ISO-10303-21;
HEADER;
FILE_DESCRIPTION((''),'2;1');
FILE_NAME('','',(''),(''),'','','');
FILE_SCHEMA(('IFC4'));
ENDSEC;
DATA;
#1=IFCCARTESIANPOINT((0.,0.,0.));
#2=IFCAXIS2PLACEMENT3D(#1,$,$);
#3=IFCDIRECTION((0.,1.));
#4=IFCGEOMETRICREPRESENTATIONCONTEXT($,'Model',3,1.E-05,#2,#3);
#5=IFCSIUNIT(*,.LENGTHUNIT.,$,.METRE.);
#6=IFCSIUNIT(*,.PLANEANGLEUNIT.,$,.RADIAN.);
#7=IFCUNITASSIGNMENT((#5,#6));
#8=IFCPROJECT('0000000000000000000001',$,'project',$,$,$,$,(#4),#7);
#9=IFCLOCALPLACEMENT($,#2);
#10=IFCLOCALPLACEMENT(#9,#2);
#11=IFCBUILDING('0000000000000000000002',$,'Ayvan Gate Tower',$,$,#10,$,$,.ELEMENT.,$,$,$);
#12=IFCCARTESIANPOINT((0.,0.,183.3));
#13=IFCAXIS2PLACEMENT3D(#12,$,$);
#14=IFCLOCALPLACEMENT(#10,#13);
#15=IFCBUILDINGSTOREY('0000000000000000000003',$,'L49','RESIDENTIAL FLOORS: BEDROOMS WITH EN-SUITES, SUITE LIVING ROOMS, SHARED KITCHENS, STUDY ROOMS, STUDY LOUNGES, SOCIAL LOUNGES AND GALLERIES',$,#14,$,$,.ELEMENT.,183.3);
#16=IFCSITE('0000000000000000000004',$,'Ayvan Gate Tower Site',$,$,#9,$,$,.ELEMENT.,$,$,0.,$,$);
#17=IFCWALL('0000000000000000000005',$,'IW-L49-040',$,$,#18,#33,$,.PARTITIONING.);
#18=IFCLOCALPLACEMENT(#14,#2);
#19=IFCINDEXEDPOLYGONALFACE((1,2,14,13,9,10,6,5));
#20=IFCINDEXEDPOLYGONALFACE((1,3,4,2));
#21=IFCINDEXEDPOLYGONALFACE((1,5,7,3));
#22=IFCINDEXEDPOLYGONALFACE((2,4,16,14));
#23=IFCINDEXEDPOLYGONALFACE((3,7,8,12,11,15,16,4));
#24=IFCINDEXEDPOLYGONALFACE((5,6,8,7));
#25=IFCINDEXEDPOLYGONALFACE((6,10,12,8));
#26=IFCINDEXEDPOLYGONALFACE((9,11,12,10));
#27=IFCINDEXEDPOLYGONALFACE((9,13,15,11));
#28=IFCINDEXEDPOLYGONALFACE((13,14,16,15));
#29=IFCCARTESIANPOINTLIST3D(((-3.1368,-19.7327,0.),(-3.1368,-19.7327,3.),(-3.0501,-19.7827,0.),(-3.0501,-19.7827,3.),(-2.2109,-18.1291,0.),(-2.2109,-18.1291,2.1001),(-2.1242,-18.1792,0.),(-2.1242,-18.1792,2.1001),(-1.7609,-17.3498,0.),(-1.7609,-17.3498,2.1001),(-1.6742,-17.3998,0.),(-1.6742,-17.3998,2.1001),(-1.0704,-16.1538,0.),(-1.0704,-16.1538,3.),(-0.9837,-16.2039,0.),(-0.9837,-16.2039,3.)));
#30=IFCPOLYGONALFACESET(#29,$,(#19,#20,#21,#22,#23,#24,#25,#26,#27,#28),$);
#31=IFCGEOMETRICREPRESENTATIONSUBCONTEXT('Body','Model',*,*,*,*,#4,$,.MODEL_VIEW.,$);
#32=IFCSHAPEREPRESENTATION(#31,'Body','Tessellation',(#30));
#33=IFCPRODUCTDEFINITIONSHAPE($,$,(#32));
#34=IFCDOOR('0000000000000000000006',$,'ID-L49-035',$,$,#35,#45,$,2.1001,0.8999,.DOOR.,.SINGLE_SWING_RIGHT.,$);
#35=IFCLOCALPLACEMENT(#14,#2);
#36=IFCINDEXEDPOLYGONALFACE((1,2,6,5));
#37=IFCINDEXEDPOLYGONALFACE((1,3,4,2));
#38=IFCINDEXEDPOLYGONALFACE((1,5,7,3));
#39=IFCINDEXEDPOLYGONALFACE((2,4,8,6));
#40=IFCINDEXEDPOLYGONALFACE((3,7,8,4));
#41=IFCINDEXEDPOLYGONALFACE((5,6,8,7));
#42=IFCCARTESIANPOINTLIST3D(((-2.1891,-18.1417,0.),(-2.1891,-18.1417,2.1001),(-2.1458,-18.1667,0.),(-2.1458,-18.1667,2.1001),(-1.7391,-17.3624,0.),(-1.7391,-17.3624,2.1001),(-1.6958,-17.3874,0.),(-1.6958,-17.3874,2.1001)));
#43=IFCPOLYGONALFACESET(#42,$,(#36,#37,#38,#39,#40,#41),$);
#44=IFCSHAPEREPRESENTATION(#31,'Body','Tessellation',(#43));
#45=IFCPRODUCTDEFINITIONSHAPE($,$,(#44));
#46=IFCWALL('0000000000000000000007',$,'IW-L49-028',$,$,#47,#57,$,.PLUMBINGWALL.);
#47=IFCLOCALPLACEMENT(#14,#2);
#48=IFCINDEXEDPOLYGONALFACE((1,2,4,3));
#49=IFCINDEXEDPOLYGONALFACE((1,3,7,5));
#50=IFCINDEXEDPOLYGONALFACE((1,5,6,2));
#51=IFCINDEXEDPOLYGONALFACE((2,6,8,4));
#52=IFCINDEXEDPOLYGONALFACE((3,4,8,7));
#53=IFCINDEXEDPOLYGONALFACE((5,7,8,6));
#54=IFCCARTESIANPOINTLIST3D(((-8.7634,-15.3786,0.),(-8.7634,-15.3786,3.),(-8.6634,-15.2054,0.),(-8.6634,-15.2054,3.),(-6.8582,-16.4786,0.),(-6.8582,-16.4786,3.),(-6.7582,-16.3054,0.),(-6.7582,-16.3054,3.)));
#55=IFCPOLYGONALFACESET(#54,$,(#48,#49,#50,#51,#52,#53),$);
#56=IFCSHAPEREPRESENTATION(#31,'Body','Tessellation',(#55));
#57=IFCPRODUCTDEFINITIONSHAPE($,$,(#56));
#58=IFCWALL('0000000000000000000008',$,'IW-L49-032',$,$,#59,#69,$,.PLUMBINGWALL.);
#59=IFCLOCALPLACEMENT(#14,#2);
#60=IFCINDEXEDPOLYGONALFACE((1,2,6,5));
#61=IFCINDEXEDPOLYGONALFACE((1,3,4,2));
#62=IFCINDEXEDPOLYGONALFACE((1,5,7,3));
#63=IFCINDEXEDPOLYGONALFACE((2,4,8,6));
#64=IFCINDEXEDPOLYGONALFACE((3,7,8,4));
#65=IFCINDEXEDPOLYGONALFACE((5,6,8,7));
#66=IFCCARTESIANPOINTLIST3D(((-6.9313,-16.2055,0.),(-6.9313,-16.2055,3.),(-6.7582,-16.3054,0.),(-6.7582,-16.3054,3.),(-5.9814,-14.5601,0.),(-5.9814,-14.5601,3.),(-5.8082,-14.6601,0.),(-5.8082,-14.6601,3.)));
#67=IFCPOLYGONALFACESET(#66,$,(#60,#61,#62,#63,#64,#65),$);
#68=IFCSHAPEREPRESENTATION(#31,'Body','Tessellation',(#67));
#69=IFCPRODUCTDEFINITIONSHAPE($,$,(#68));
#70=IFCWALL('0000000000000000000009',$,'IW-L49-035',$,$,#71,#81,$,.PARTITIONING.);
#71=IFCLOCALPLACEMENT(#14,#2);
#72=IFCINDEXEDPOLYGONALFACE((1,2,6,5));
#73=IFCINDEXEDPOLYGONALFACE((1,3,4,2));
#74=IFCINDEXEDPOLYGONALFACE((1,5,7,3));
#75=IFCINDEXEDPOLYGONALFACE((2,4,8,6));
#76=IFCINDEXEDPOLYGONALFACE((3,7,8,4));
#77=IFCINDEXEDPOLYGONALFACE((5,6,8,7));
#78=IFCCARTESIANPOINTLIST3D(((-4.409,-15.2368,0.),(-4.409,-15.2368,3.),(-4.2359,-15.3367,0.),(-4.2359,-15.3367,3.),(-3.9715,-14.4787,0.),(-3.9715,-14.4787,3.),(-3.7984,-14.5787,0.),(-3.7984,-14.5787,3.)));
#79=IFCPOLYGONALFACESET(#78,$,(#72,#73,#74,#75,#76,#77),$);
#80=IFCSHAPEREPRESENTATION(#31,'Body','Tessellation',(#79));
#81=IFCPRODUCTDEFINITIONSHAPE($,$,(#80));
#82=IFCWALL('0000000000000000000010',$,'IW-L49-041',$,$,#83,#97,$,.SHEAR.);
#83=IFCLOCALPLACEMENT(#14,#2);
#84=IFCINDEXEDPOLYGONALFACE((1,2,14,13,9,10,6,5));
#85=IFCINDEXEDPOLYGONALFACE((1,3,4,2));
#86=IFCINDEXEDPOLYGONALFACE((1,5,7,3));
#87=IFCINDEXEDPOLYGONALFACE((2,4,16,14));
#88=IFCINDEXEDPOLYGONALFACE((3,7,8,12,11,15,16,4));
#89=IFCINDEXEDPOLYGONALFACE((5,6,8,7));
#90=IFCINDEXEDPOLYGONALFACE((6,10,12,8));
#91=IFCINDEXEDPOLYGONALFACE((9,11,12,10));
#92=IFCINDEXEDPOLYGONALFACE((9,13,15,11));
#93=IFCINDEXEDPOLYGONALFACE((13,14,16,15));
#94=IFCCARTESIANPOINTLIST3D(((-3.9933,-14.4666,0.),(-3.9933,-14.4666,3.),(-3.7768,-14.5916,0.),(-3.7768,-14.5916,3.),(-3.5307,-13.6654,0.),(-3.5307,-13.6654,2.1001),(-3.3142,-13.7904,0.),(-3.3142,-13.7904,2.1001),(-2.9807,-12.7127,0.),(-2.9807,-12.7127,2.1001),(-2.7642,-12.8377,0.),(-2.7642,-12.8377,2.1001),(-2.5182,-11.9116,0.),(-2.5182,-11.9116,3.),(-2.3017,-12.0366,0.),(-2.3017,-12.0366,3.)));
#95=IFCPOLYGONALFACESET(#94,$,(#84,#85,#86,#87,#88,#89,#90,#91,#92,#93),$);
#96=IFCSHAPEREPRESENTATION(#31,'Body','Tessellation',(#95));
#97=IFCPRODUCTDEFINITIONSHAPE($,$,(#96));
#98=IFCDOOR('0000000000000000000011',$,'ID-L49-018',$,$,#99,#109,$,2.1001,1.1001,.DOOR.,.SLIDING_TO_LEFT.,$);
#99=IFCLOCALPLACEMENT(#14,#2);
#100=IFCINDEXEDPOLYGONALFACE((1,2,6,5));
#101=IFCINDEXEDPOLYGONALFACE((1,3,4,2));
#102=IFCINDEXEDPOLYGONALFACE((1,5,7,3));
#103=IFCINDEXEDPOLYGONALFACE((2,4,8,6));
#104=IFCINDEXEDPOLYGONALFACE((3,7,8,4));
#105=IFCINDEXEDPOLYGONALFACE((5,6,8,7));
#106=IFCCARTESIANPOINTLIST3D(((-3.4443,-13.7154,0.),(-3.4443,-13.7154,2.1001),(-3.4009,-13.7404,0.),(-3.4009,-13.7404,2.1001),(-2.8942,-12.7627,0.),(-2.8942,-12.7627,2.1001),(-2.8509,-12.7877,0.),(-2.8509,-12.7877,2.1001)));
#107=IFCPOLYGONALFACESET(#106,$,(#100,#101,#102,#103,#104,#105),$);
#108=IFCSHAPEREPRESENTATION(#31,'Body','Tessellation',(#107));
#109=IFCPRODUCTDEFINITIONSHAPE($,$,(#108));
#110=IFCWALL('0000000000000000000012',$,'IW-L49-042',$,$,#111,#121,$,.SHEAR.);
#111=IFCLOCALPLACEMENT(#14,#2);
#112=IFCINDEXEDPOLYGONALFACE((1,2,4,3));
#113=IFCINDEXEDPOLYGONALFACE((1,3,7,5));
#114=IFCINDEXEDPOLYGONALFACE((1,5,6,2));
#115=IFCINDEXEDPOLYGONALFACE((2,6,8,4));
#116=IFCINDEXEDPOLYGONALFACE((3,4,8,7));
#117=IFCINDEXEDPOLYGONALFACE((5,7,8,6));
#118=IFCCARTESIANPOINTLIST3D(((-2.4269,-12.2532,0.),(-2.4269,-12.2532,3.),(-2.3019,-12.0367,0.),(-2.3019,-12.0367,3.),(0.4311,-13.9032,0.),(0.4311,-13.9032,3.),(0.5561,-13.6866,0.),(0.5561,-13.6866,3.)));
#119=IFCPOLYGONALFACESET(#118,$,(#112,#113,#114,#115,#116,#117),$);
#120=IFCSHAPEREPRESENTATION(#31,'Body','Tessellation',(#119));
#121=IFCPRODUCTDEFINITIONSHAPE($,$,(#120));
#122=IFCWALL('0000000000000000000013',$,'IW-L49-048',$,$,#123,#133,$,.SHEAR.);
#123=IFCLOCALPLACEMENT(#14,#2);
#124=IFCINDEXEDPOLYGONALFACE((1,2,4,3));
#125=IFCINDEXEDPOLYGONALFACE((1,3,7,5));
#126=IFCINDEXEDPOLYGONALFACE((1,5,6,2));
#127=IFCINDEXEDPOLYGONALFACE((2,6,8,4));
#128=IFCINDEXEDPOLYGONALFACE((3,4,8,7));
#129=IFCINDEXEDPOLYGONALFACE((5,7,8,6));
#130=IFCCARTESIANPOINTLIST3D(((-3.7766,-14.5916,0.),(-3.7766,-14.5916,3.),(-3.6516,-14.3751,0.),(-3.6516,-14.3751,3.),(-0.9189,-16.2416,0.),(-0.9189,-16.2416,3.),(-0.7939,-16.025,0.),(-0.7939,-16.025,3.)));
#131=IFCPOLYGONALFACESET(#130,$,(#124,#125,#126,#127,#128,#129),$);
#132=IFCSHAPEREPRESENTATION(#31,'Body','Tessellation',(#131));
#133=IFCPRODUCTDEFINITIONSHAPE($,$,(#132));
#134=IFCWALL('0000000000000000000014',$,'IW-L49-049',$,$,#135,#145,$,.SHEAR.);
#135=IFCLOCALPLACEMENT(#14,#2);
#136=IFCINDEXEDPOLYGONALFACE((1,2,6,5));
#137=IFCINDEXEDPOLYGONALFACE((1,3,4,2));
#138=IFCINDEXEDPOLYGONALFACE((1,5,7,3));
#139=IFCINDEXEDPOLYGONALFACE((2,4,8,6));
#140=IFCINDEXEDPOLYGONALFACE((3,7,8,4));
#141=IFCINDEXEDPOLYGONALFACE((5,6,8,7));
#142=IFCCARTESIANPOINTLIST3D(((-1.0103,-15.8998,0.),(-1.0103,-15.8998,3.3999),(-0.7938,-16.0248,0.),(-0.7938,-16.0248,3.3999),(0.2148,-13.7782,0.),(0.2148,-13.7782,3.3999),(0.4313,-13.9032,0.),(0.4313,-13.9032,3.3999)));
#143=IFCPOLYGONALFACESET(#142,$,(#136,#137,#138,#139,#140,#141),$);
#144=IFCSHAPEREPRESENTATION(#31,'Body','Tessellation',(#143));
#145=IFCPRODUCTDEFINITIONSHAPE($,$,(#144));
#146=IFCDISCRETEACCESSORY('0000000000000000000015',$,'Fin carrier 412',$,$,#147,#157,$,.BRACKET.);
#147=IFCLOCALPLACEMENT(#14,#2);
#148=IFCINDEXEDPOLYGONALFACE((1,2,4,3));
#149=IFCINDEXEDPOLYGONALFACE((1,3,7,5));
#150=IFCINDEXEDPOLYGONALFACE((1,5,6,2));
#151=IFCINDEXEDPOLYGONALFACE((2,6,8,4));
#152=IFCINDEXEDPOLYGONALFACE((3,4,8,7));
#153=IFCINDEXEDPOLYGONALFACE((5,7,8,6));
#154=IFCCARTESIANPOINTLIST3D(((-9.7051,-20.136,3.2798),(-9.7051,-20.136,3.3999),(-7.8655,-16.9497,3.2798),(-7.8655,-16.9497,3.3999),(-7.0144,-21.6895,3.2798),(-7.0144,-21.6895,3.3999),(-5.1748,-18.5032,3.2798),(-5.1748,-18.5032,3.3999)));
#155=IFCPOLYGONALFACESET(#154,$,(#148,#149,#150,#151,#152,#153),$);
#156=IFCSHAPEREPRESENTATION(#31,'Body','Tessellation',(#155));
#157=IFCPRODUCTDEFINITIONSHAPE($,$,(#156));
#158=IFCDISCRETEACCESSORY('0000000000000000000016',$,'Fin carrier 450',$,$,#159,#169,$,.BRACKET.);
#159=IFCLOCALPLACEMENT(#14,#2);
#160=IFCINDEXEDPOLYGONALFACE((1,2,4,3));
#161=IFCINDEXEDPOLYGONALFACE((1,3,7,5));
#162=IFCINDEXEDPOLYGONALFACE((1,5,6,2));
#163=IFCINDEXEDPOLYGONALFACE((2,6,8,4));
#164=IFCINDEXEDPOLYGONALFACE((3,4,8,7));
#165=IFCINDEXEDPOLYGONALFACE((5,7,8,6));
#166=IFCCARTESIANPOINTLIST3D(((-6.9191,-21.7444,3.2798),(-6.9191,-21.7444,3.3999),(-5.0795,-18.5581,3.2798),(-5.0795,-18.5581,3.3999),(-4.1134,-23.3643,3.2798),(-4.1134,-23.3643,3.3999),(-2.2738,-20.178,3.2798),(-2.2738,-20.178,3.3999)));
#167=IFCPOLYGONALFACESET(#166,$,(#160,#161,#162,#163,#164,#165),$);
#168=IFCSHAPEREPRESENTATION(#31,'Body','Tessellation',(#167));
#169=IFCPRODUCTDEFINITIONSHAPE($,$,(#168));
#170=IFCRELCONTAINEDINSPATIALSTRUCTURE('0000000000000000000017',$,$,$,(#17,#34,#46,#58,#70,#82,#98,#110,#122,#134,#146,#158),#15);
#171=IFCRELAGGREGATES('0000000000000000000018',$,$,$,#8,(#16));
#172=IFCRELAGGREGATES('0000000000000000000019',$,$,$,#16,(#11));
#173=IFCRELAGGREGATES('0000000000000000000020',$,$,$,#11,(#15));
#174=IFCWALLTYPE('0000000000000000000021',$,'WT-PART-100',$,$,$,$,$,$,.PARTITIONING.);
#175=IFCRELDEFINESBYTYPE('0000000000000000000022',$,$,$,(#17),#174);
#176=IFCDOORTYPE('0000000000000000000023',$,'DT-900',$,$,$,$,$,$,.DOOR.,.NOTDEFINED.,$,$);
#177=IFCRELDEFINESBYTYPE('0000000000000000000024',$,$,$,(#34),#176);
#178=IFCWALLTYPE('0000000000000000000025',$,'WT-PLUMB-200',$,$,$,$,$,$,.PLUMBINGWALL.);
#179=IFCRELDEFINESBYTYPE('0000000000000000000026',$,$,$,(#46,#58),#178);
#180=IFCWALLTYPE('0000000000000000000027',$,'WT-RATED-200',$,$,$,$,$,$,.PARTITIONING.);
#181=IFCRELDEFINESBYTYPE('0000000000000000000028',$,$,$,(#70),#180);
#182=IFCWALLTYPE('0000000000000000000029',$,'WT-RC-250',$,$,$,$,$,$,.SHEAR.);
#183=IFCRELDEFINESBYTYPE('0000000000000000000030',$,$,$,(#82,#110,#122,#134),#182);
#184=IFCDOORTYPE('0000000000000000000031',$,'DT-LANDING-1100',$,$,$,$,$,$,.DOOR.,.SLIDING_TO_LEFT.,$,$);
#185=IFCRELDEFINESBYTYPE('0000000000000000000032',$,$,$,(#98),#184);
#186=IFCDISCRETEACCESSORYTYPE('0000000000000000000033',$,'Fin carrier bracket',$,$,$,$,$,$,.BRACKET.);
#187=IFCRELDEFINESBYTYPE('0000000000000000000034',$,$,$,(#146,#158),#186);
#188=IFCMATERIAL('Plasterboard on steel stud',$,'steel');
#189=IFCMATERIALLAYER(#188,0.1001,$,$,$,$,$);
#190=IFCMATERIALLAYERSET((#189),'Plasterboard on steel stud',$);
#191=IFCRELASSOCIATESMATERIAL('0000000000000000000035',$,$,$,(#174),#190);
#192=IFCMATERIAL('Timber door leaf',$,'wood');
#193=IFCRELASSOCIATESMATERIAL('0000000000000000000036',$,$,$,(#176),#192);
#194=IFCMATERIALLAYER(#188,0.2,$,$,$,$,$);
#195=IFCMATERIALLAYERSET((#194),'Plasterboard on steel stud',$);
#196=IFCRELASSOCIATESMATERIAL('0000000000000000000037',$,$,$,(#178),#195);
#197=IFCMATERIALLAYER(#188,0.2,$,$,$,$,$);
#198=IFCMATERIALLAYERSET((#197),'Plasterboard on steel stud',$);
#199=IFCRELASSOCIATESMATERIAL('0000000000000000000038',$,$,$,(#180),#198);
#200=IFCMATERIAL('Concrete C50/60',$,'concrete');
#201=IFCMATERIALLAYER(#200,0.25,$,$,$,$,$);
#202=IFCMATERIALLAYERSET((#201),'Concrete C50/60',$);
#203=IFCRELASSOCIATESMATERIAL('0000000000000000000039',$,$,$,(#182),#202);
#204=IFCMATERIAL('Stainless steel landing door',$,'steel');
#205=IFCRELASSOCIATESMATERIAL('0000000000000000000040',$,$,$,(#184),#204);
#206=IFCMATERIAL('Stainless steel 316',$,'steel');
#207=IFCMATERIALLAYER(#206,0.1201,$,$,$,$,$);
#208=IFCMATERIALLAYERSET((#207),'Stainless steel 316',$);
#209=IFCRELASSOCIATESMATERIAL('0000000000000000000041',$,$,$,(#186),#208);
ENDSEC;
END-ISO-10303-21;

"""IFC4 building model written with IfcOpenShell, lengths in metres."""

from ifc_helpers import new_model, si_unit, direction, frame, frame_2d, origin, origin_2d, place, context, subcontext, project, spatial, rectangle, extrude, material, layer, layer_set, type_object, element, fill, save


model = new_model("IFC4")

# Units and contexts
model_context = context("Model", 3, precision=1e-05, world=origin(), true_north=direction((0.0, 1.0)))
body_context = subcontext(model_context, "Body", "Model", "MODEL_VIEW")
ifc_project = project(units=[si_unit("LENGTHUNIT", "METRE"), si_unit("PLANEANGLEUNIT", "RADIAN")], contexts=[model_context])

# Site, building, storey
site_placement = place(None, origin())
site = spatial("IfcSite", under=ifc_project, at=site_placement, Name="Ayvan Gate Tower Site", CompositionType="ELEMENT", RefElevation=0.0)
building_placement = place(site_placement, origin())
building = spatial("IfcBuilding", under=site, at=building_placement, Name="Ayvan Gate Tower", CompositionType="ELEMENT")
storey_placement = place(building_placement, frame((0.0, 0.0, 183.3)))
storey = spatial("IfcBuildingStorey", under=building, at=storey_placement, Name="L49", Description="RESIDENTIAL FLOORS: BEDROOMS WITH EN-SUITES, SUITE LIVING ROOMS, SHARED KITCHENS, STUDY ROOMS, STUDY LOUNGES, SOCIAL LOUNGES AND GALLERIES", CompositionType="ELEMENT", Elevation=183.3)

# Wall, opening, door
ifc_material_1 = material(Name="Plasterboard on steel stud", Category="steel")
ifc_layer_1 = layer(ifc_material_1, 0.1001)
ifc_layer_set_1 = layer_set([ifc_layer_1], Name="Plasterboard on steel stud")
wall_type_1 = type_object("IfcWallType", Name="WT-PART-100", PredefinedType="PARTITIONING", material=ifc_layer_set_1)
wall_1_placement = place(storey_placement, frame((-3.0935, -19.7578, 0.0), z_axis=(0.0, 0.0, 1.0), x_axis=(0.500028, 0.866009, 0.0)))
wall_1 = element("IfcWall", 1, at=wall_1_placement, inside=storey, type_object=wall_type_1, Name="IW-L49-040", PredefinedType="PARTITIONING", context=body_context, shape_type="SweptSolid", body=[
    extrude(rectangle(XDim=4.1326, YDim=0.1001, at=frame_2d((2.0664, 0.0))), origin(), (0.0, 0.0, 1.0), 3.0),
])
opening_1_placement = place(wall_1_placement, frame((1.8518, 0.0, 0.0)))
opening_1 = element("IfcOpeningElement", 2, at=opening_1_placement, cuts=wall_1, PredefinedType="OPENING", context=body_context, shape_type="SweptSolid", body=[
    extrude(rectangle(XDim=0.8999, YDim=2.1001, at=frame_2d((0.45, 1.05))), frame((0.0, 0.0601, 0.0), z_axis=(0.0, -1.0, 0.0), x_axis=(1.0, 0.0, 0.0)), (0.0, 0.0, 1.0), 0.1201),
])
ifc_material_2 = material(Name="Timber door leaf", Category="wood")
door_type_1 = type_object("IfcDoorType", Name="DT-900", OperationType="NOTDEFINED", PredefinedType="DOOR", material=ifc_material_2)
door_1_placement = place(opening_1_placement, origin())
door_1 = element("IfcDoor", 3, at=door_1_placement, inside=storey, type_object=door_type_1, Name="ID-L49-035", OperationType="SINGLE_SWING_RIGHT", OverallHeight=2.1001, OverallWidth=0.8999, PredefinedType="DOOR", context=body_context, shape_type="SweptSolid", body=[
    extrude(rectangle(XDim=0.8999, YDim=2.1001, at=frame_2d((0.45, 1.05))), frame((0.0, 0.0249, 0.0), z_axis=(0.0, -1.0, 0.0), x_axis=(1.0, 0.0, 0.0)), (0.0, 0.0, 1.0), 0.05),
])
fill(opening_1, door_1)

# Walls
ifc_layer_2 = layer(ifc_material_1, 0.2)
ifc_layer_set_2 = layer_set([ifc_layer_2], Name="Plasterboard on steel stud")
wall_type_2 = type_object("IfcWallType", Name="WT-PLUMB-200", PredefinedType="PLUMBINGWALL", material=ifc_layer_set_2)
wall_2_placement = place(storey_placement, frame((-6.8081, -16.3921, 0.0), z_axis=(0.0, 0.0, 1.0), x_axis=(-0.866008, 0.50003, 0.0)))
element("IfcWall", 4, at=wall_2_placement, inside=storey, type_object=wall_type_2, Name="IW-L49-028", PredefinedType="PLUMBINGWALL", context=body_context, shape_type="SweptSolid", body=[
    extrude(rectangle(XDim=2.2, YDim=0.2, at=frame_2d((1.1001, 0.0))), origin(), (0.0, 0.0, 1.0), 3.0),
])
wall_3_placement = place(storey_placement, frame((-5.8948, -14.6101, 0.0), z_axis=(0.0, 0.0, 1.0), x_axis=(-0.500023, -0.866012, 0.0)))
element("IfcWall", 5, at=wall_3_placement, inside=storey, type_object=wall_type_2, Name="IW-L49-032", PredefinedType="PLUMBINGWALL", context=body_context, shape_type="SweptSolid", body=[
    extrude(rectangle(XDim=1.8999, YDim=0.2, at=frame_2d((0.95, 0.0))), origin(), (0.0, 0.0, 1.0), 3.0),
])
ifc_layer_3 = layer(ifc_material_1, 0.2)
ifc_layer_set_3 = layer_set([ifc_layer_3], Name="Plasterboard on steel stud")
wall_type_3 = type_object("IfcWallType", Name="WT-RATED-200", PredefinedType="PARTITIONING", material=ifc_layer_set_3)
wall_4_placement = place(storey_placement, frame((-3.885, -14.5288, 0.0), z_axis=(0.0, 0.0, 1.0), x_axis=(-0.499859, -0.866107, 0.0)))
element("IfcWall", 6, at=wall_4_placement, inside=storey, type_object=wall_type_3, Name="IW-L49-035", PredefinedType="PARTITIONING", context=body_context, shape_type="SweptSolid", body=[
    extrude(rectangle(XDim=0.8752, YDim=0.2, at=frame_2d((0.4375, 0.0))), origin(), (0.0, 0.0, 1.0), 3.0),
])

# Wall, opening, door
ifc_material_3 = material(Name="Concrete C50/60", Category="concrete")
ifc_layer_4 = layer(ifc_material_3, 0.25)
ifc_layer_set_4 = layer_set([ifc_layer_4], Name="Concrete C50/60")
wall_type_4 = type_object("IfcWallType", Name="WT-RC-250", PredefinedType="SHEAR", material=ifc_layer_set_4)
wall_5_placement = place(storey_placement, frame((-2.4099, -11.9741, 0.0), z_axis=(0.0, 0.0, 1.0), x_axis=(-0.500002, -0.866024, 0.0)))
wall_5 = element("IfcWall", 7, at=wall_5_placement, inside=storey, type_object=wall_type_4, Name="IW-L49-041", PredefinedType="SHEAR", context=body_context, shape_type="SweptSolid", body=[
    extrude(rectangle(XDim=2.9502, YDim=0.25, at=frame_2d((1.4751, 0.0))), origin(), (0.0, 0.0, 1.0), 3.0),
])
opening_2_placement = place(wall_5_placement, frame((0.925, 0.0, 0.0)))
opening_2 = element("IfcOpeningElement", 8, at=opening_2_placement, cuts=wall_5, PredefinedType="OPENING", context=body_context, shape_type="SweptSolid", body=[
    extrude(rectangle(XDim=1.1001, YDim=2.1001, at=frame_2d((0.55, 1.05))), frame((0.0, 0.135, 0.0), z_axis=(0.0, -1.0, 0.0), x_axis=(1.0, 0.0, 0.0)), (0.0, 0.0, 1.0), 0.27),
])
ifc_material_4 = material(Name="Stainless steel landing door", Category="steel")
door_type_2 = type_object("IfcDoorType", Name="DT-LANDING-1100", OperationType="SLIDING_TO_LEFT", PredefinedType="DOOR", material=ifc_material_4)
door_2_placement = place(opening_2_placement, origin())
door_2 = element("IfcDoor", 9, at=door_2_placement, inside=storey, type_object=door_type_2, Name="ID-L49-018", OperationType="SLIDING_TO_LEFT", OverallHeight=2.1001, OverallWidth=1.1001, PredefinedType="DOOR", context=body_context, shape_type="SweptSolid", body=[
    extrude(rectangle(XDim=1.1001, YDim=2.1001, at=frame_2d((0.55, 1.05))), frame((0.0, 0.0249, 0.0), z_axis=(0.0, -1.0, 0.0), x_axis=(1.0, 0.0, 0.0)), (0.0, 0.0, 1.0), 0.05),
])
fill(opening_2, door_2)

# Walls
wall_6_placement = place(storey_placement, frame((-2.3643, -12.145, 0.0), z_axis=(0.0, 0.0, 1.0), x_axis=(0.86604, -0.499974, 0.0)))
element("IfcWall", 10, at=wall_6_placement, inside=storey, type_object=wall_type_4, Name="IW-L49-042", PredefinedType="SHEAR", context=body_context, shape_type="SweptSolid", body=[
    extrude(rectangle(XDim=3.3, YDim=0.25, at=frame_2d((1.6499, 0.0))), origin(), (0.0, 0.0, 1.0), 3.0),
])
wall_7_placement = place(storey_placement, frame((-0.8564, -16.1333, 0.0), z_axis=(0.0, 0.0, 1.0), x_axis=(-0.866022, 0.500006, 0.0)))
element("IfcWall", 11, at=wall_7_placement, inside=storey, type_object=wall_type_4, Name="IW-L49-048", PredefinedType="SHEAR", context=body_context, shape_type="SweptSolid", body=[
    extrude(rectangle(XDim=3.2998, YDim=0.25, at=frame_2d((1.6499, 0.0))), origin(), (0.0, 0.0, 1.0), 3.0),
])
wall_8_placement = place(storey_placement, frame((-0.9021, -15.9624, 0.0), z_axis=(0.0, 0.0, 1.0), x_axis=(0.500062, 0.86599, 0.0)))
element("IfcWall", 12, at=wall_8_placement, inside=storey, type_object=wall_type_4, Name="IW-L49-049", PredefinedType="SHEAR", context=body_context, shape_type="SweptSolid", body=[
    extrude(rectangle(XDim=2.45, YDim=0.25, at=frame_2d((1.2251, 0.0))), origin(), (0.0, 0.0, 1.0), 3.3999),
])

# Discrete accessories
ifc_material_5 = material(Name="Stainless steel 316", Category="steel")
ifc_layer_5 = layer(ifc_material_5, 0.1201)
ifc_layer_set_5 = layer_set([ifc_layer_5], Name="Stainless steel 316")
discrete_accessory_type = type_object("IfcDiscreteAccessoryType", Name="Fin carrier bracket", PredefinedType="BRACKET", material=ifc_layer_set_5)
discrete_accessory_1_placement = place(storey_placement, frame((-7.4399, -19.3196, 3.2798), z_axis=(0.0, 0.0, 1.0), x_axis=(0.866025, -0.5, 0.0)))
element("IfcDiscreteAccessory", 13, at=discrete_accessory_1_placement, inside=storey, type_object=discrete_accessory_type, Name="Fin carrier 412", PredefinedType="BRACKET", context=body_context, shape_type="SweptSolid", body=[
    extrude(rectangle(XDim=3.1069, YDim=3.6792, at=origin_2d()), origin(), (0.0, 0.0, 1.0), 0.1201),
])
discrete_accessory_2_placement = place(storey_placement, frame((-4.5964, -20.9612, 3.2798), z_axis=(0.0, 0.0, 1.0), x_axis=(0.866025, -0.5, 0.0)))
element("IfcDiscreteAccessory", 14, at=discrete_accessory_2_placement, inside=storey, type_object=discrete_accessory_type, Name="Fin carrier 450", PredefinedType="BRACKET", context=body_context, shape_type="SweptSolid", body=[
    extrude(rectangle(XDim=3.2397, YDim=3.6792, at=origin_2d()), origin(), (0.0, 0.0, 1.0), 0.1201),
])

save(model, "model.ifc")
